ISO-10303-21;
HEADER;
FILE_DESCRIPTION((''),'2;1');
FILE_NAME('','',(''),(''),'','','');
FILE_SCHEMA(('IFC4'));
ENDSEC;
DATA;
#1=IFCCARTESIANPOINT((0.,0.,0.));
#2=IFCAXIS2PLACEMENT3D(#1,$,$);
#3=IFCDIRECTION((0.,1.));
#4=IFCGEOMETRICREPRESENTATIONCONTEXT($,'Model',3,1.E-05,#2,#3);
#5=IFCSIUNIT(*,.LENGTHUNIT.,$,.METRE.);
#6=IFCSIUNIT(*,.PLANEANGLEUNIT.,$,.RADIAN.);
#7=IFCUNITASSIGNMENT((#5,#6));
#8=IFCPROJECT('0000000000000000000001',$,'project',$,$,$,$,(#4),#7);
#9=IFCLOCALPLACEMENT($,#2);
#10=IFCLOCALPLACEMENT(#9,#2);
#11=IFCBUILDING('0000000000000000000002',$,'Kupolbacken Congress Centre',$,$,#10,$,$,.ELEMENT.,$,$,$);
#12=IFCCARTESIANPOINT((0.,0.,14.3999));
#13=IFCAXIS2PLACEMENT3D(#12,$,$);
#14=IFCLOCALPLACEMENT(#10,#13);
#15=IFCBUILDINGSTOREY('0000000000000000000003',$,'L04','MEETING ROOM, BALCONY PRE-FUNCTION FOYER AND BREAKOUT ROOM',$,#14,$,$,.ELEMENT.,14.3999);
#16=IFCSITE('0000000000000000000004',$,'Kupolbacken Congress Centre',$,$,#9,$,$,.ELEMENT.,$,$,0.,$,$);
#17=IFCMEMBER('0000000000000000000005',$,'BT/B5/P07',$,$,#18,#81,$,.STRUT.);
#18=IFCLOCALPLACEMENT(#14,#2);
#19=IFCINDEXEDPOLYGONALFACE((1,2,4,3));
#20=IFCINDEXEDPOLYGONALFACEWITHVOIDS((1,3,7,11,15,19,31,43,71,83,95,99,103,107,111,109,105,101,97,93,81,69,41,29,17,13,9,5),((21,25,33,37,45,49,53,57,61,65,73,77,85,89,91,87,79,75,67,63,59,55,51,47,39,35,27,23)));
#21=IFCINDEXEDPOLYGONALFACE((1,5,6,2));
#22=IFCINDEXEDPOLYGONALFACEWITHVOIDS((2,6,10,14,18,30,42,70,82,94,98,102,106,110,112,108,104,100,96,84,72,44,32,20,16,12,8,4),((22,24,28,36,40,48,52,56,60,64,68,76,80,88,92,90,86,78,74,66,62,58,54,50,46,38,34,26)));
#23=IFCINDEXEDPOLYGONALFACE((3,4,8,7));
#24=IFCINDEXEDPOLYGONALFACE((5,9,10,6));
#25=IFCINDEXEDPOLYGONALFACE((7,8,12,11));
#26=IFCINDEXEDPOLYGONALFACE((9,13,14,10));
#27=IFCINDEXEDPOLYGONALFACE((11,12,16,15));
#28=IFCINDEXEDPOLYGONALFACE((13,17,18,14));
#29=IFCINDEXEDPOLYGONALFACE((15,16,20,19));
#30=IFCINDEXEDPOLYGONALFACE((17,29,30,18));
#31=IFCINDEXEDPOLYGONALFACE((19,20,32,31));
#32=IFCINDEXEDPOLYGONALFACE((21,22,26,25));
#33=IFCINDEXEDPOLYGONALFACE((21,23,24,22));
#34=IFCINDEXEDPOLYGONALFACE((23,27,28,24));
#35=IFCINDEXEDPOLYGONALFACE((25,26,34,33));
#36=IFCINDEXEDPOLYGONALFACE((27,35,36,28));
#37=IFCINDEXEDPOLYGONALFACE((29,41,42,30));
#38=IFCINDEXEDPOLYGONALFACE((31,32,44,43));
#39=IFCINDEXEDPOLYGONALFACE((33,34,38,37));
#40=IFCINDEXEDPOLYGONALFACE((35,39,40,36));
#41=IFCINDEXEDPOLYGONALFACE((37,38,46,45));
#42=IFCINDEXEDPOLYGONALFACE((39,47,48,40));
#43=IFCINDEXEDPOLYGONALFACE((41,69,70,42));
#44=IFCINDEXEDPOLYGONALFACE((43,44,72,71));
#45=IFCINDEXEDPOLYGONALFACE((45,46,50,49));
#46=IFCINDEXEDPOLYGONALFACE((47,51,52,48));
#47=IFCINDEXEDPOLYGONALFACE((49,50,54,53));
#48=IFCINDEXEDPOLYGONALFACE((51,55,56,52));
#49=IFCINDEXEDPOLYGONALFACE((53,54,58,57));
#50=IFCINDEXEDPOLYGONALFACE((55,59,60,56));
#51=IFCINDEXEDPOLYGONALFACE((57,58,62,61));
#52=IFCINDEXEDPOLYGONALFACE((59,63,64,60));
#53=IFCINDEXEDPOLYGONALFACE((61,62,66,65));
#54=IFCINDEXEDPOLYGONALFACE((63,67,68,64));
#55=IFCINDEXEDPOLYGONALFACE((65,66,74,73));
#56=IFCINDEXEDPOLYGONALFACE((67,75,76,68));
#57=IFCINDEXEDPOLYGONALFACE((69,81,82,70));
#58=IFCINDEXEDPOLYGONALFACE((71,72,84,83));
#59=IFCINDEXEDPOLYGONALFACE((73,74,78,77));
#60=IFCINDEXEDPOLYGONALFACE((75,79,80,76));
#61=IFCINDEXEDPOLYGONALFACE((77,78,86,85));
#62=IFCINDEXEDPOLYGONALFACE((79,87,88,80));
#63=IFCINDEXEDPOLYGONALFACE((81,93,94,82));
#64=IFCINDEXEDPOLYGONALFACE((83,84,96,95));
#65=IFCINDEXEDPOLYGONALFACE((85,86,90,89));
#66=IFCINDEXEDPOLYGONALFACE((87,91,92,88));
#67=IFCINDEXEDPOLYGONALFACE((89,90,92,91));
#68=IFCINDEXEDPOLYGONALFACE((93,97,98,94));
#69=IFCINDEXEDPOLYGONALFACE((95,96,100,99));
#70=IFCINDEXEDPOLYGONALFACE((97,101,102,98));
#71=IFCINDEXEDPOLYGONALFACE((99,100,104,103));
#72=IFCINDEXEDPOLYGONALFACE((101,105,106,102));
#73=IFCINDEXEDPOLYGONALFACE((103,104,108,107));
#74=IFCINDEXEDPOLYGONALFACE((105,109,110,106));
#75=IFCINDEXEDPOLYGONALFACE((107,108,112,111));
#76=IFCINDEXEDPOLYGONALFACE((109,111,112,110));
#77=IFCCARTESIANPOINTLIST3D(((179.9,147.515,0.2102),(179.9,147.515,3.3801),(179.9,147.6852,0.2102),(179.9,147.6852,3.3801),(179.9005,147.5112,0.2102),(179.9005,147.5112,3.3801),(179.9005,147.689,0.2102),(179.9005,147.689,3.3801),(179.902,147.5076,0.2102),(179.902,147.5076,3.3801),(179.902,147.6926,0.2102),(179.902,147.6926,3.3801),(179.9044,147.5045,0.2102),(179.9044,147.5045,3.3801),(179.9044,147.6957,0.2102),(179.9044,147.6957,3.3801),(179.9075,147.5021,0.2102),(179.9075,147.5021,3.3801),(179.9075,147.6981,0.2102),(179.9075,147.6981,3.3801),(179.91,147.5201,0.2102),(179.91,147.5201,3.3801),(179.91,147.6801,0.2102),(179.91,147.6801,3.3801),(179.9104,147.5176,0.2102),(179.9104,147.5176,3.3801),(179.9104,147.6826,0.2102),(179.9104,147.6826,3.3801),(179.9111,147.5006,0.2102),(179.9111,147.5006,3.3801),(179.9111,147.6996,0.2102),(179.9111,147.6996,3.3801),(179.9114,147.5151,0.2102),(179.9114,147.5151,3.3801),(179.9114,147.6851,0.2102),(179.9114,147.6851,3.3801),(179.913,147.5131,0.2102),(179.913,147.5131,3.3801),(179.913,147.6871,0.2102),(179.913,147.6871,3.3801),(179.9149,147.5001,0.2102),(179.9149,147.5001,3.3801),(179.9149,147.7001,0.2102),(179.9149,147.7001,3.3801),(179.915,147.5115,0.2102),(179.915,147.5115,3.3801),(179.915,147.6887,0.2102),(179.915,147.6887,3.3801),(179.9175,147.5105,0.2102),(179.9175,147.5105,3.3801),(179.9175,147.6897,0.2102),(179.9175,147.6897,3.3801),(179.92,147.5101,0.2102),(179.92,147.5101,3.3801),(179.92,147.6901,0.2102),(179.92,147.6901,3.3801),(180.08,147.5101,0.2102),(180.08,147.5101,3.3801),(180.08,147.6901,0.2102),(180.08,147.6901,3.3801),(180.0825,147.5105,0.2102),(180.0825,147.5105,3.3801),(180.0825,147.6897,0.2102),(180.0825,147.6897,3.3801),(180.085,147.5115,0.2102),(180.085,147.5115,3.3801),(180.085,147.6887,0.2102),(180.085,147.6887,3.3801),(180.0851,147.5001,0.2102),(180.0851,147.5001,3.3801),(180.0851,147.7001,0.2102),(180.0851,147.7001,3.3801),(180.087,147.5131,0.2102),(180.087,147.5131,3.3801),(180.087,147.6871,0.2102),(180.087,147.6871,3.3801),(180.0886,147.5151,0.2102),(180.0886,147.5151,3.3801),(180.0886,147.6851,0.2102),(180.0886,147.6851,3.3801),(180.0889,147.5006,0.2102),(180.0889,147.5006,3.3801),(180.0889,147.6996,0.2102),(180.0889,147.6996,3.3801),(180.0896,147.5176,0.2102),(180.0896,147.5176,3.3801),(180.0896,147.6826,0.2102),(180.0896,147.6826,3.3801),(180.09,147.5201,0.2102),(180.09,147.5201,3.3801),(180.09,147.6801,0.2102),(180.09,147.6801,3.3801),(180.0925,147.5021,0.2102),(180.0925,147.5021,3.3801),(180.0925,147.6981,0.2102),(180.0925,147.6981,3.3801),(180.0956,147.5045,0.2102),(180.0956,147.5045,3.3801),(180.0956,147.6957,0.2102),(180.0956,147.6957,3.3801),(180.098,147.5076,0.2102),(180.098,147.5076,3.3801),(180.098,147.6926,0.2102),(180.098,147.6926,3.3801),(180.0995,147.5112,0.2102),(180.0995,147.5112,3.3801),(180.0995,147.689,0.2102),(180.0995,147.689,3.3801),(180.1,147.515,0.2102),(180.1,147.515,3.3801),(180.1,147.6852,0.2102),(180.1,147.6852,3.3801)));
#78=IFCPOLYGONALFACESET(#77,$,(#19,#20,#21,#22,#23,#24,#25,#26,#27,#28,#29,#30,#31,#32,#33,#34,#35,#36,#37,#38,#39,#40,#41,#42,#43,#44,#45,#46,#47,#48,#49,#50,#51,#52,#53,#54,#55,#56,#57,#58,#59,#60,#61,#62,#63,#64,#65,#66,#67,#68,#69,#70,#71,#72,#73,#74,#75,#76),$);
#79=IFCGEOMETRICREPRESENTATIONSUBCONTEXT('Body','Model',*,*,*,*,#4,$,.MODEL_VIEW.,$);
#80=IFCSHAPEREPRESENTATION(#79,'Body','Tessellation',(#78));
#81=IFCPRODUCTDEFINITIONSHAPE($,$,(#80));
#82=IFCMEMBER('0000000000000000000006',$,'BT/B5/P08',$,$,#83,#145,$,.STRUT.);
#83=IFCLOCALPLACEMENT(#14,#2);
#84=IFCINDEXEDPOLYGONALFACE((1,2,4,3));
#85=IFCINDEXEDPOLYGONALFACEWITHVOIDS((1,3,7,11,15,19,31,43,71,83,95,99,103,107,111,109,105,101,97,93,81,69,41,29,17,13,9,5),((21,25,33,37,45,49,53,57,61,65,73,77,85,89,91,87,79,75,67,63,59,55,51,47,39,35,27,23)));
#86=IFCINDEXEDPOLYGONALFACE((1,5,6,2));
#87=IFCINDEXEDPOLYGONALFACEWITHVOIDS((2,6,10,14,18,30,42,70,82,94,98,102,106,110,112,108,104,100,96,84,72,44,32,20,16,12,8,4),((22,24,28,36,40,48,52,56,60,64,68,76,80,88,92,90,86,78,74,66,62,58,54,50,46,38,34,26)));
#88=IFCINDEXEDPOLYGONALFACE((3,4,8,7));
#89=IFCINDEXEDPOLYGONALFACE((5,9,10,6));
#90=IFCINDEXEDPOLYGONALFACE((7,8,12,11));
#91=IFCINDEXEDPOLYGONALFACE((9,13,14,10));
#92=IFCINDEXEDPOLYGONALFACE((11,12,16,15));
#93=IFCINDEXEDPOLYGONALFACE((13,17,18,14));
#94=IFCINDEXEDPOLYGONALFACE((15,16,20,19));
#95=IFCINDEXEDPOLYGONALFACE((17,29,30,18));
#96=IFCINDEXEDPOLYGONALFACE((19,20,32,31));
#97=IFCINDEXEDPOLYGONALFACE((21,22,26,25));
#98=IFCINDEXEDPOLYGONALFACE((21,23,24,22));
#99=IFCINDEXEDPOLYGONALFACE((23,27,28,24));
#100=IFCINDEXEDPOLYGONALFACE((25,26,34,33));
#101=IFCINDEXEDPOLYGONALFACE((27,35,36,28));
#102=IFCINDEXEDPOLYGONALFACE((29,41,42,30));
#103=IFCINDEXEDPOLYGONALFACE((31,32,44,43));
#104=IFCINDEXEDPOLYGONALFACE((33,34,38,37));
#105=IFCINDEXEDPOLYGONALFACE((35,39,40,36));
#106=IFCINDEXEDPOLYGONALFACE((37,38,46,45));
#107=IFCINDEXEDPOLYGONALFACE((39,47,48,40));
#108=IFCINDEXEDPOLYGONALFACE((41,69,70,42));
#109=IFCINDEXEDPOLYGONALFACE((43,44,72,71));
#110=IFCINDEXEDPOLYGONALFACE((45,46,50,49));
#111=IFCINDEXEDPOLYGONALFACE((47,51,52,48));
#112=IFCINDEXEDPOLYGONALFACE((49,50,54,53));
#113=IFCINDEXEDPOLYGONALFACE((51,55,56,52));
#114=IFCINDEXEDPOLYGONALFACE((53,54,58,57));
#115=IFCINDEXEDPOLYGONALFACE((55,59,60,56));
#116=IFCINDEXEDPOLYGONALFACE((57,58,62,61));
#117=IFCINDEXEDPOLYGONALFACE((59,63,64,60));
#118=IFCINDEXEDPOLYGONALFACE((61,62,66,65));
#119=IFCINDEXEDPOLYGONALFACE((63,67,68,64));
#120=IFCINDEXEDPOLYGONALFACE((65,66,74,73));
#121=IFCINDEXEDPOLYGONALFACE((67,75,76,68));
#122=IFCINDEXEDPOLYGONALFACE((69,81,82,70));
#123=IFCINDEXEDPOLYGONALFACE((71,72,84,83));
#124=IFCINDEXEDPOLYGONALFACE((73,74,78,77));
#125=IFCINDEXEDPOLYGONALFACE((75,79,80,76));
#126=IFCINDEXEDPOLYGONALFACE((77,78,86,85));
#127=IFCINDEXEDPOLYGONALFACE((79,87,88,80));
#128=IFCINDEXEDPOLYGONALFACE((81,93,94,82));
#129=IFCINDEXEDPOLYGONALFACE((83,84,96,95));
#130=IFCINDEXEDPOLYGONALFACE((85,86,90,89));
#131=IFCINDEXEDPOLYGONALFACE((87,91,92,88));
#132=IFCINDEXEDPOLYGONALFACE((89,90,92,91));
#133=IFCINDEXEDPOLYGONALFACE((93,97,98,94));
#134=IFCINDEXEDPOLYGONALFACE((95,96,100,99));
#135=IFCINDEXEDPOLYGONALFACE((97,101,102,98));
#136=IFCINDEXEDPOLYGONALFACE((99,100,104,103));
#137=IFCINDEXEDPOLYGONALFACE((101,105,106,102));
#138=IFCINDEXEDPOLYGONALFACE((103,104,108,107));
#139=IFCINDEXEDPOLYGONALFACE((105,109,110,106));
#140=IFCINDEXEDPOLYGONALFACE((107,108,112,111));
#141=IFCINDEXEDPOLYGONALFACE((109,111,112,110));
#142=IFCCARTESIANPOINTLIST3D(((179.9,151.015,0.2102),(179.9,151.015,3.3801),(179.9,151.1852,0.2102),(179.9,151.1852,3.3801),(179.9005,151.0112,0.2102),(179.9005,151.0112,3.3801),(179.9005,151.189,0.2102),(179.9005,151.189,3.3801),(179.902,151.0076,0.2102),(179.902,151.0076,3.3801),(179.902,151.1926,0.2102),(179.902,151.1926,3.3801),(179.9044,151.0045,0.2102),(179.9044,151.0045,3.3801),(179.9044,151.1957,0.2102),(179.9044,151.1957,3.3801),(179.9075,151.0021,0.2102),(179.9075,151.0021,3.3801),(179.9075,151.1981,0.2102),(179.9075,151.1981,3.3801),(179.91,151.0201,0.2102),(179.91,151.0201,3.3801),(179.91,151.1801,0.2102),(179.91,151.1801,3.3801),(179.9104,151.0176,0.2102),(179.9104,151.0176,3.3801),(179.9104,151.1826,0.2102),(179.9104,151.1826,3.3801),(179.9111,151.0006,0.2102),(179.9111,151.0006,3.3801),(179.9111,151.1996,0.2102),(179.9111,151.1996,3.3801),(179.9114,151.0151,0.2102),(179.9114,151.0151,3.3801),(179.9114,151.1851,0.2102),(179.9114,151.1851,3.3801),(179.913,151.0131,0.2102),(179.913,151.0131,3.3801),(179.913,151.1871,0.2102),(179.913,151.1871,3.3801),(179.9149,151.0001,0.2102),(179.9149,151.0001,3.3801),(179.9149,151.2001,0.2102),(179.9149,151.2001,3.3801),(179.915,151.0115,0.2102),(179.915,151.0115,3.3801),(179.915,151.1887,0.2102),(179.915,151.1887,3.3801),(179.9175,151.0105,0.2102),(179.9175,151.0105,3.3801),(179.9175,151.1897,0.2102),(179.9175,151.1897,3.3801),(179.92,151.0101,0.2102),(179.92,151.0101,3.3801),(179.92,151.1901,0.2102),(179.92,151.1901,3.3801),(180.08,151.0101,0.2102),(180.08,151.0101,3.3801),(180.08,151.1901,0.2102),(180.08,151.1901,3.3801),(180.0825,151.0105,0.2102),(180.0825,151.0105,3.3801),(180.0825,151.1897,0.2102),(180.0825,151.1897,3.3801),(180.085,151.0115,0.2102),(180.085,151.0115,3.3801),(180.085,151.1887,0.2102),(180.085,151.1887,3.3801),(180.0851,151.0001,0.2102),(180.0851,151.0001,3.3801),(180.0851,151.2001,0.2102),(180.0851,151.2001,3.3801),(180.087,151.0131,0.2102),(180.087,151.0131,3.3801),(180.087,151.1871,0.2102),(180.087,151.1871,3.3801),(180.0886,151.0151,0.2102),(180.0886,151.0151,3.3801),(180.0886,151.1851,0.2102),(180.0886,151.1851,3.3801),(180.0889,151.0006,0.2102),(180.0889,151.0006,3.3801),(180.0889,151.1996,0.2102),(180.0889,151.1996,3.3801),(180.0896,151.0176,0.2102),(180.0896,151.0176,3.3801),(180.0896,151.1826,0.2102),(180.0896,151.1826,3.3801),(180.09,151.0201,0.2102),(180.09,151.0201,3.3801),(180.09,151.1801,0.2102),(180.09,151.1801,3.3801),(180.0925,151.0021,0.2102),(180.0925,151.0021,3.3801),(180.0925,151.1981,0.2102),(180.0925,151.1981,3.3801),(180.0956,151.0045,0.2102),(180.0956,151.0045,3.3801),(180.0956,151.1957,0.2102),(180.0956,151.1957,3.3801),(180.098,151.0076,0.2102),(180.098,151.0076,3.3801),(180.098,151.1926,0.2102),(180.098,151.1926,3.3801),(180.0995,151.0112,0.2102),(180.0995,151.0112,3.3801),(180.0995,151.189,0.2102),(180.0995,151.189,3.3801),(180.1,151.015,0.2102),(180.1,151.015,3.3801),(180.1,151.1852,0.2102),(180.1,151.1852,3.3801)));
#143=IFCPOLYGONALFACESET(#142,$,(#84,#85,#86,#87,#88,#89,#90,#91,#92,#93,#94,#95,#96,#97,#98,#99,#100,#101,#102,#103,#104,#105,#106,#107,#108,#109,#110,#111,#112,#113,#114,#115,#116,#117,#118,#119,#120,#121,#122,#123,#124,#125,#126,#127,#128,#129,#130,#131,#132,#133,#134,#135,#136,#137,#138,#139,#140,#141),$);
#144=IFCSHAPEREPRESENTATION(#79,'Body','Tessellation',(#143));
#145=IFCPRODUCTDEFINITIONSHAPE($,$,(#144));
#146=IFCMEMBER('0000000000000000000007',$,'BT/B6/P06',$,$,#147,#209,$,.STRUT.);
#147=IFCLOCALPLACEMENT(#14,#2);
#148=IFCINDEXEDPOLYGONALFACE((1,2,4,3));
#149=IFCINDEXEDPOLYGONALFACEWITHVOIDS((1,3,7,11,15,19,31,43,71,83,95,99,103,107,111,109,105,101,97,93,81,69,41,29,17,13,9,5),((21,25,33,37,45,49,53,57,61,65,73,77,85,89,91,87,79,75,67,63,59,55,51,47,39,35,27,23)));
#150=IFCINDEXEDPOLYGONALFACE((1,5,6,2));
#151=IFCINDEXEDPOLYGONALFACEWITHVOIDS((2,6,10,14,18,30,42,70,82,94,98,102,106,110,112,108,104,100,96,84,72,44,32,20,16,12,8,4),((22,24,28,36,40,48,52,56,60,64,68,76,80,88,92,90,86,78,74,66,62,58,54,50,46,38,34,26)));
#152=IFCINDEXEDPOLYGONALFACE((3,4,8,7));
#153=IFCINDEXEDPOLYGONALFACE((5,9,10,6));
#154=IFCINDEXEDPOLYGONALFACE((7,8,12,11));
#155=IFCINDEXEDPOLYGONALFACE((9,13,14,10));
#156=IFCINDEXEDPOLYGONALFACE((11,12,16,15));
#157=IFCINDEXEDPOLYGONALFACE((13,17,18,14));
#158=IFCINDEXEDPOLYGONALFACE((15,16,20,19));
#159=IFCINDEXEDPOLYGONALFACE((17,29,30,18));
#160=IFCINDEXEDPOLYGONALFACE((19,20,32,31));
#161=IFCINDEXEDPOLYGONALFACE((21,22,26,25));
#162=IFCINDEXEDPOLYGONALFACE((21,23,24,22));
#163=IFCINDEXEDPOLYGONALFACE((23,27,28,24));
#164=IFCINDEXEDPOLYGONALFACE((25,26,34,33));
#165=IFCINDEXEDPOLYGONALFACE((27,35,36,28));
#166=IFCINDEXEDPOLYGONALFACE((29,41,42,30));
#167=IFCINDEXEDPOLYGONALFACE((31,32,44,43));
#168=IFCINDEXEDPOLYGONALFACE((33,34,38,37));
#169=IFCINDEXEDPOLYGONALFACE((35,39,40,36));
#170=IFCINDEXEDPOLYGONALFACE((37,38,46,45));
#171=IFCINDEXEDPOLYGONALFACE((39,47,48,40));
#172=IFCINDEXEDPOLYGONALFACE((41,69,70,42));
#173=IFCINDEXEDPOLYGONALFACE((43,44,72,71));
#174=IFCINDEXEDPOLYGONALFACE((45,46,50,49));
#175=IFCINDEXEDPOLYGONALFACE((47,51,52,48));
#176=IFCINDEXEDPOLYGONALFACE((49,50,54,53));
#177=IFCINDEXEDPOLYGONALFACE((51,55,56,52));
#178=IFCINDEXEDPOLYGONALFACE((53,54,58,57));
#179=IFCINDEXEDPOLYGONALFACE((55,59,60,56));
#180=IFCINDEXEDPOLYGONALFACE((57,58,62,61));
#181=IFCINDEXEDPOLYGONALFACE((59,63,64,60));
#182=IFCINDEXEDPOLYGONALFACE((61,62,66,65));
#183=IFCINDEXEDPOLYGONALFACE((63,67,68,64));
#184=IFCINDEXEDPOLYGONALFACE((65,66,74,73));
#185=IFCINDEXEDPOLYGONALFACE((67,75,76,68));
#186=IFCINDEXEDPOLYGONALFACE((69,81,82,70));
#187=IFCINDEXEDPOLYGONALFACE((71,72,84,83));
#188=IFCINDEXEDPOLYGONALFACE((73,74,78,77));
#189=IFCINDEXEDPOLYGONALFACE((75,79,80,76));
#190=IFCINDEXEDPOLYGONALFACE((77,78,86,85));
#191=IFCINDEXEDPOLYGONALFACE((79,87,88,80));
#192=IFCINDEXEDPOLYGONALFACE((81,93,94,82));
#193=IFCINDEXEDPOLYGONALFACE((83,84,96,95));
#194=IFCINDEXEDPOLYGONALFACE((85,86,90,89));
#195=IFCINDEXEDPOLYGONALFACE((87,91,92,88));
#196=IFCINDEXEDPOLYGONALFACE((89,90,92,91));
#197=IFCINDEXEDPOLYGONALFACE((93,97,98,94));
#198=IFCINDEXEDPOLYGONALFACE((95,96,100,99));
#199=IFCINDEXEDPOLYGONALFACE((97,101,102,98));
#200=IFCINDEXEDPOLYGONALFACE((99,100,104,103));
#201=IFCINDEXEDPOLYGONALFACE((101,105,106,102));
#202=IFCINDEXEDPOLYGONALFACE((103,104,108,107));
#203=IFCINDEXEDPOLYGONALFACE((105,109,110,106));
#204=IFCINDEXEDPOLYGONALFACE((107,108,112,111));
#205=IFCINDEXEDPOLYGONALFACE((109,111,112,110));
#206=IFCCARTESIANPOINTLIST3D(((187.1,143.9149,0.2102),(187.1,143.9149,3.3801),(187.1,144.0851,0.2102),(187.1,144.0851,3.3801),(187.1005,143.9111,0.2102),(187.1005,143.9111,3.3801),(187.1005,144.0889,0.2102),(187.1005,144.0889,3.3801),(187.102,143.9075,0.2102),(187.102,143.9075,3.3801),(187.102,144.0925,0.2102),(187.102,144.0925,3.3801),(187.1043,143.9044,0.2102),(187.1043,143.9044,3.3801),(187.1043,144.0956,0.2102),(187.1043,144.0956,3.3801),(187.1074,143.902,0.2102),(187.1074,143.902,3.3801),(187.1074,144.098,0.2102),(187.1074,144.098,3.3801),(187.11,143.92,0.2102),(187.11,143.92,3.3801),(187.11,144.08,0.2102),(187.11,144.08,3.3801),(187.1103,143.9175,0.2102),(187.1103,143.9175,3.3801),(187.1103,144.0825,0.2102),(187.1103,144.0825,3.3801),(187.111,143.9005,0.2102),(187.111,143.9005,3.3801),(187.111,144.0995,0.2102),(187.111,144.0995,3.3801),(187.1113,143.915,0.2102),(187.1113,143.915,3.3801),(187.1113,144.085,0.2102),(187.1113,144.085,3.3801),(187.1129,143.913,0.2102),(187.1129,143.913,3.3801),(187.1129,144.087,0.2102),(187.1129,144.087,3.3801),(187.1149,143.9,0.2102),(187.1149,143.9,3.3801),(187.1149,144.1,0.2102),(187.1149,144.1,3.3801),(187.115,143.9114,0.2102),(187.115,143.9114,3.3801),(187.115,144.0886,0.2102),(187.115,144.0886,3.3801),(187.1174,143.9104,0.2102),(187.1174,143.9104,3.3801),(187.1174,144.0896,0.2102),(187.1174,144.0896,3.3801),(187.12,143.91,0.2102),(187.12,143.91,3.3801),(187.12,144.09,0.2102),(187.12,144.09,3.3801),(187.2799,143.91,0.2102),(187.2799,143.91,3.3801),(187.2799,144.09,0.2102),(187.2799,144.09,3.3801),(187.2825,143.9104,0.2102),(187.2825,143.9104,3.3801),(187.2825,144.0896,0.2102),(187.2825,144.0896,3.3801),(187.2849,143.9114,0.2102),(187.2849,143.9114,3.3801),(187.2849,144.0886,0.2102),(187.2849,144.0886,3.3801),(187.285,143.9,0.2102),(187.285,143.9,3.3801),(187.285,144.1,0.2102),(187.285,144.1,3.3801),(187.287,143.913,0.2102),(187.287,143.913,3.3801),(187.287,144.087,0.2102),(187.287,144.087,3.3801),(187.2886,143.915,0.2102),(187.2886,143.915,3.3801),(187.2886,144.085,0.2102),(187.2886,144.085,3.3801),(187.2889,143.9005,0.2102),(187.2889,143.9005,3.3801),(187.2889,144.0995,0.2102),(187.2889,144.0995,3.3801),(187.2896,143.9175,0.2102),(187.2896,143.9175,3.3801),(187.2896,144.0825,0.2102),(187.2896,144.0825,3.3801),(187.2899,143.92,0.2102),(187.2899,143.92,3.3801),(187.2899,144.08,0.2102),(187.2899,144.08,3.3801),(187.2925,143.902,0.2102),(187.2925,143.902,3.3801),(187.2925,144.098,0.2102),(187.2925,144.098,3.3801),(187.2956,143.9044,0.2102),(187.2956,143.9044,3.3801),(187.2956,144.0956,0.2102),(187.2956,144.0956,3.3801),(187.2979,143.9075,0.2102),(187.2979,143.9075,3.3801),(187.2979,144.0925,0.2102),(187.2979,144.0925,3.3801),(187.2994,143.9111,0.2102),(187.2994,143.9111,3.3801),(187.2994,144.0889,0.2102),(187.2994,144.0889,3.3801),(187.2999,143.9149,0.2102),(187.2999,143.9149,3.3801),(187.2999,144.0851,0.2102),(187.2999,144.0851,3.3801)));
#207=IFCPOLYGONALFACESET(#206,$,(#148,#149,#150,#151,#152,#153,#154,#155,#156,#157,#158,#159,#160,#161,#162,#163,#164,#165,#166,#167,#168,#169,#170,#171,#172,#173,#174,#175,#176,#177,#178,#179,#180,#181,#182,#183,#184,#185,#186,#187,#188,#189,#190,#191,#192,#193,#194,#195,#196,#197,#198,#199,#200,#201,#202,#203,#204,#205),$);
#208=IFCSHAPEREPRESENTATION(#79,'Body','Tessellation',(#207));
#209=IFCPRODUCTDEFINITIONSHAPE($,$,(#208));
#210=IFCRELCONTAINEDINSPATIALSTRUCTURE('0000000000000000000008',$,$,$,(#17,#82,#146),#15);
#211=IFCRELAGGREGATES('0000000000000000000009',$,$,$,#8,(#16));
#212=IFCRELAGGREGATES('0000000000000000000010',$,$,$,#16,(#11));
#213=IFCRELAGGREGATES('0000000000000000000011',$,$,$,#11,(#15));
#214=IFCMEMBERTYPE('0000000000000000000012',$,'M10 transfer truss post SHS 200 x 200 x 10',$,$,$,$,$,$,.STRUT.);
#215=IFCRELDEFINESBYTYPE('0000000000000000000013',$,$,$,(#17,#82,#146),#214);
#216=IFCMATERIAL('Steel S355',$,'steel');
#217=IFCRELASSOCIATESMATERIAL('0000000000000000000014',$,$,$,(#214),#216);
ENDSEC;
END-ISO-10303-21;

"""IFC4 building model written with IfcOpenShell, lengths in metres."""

from ifc_helpers import new_model, si_unit, direction, frame, origin, origin_2d, place, context, subcontext, project, spatial, hollow_rectangle, extrude, material, material_profile, profile_set, type_object, element, save


model = new_model("IFC4")

# Units and contexts
model_context = context("Model", 3, precision=1e-05, world=origin(), true_north=direction((0.0, 1.0)))
body_context = subcontext(model_context, "Body", "Model", "MODEL_VIEW")
ifc_project = project(units=[si_unit("LENGTHUNIT", "METRE"), si_unit("PLANEANGLEUNIT", "RADIAN")], contexts=[model_context])

# Site, building, storey
site_placement = place(None, origin())
site = spatial("IfcSite", under=ifc_project, at=site_placement, Name="Kupolbacken Congress Centre", CompositionType="ELEMENT", RefElevation=0.0)
building_placement = place(site_placement, origin())
building = spatial("IfcBuilding", under=site, at=building_placement, Name="Kupolbacken Congress Centre", CompositionType="ELEMENT")
storey_placement = place(building_placement, frame((0.0, 0.0, 14.3999)))
storey = spatial("IfcBuildingStorey", under=building, at=storey_placement, Name="L04", Description="MEETING ROOM, BALCONY PRE-FUNCTION FOYER AND BREAKOUT ROOM", CompositionType="ELEMENT", Elevation=14.3999)

# Members
ifc_material_1 = material(Name="Steel S355", Category="steel")
ifc_material_profile_1 = material_profile(ifc_material_1, hollow_rectangle(XDim=0.2, YDim=0.2, WallThickness=0.01, InnerFilletRadius=0.01, OuterFilletRadius=0.0149, at=origin_2d()), Name="SHS 200 x 200 x 10")
ifc_profile_set_1 = profile_set([ifc_material_profile_1], Name="Steel S355")
member_type_1 = type_object("IfcMemberType", Name="M10 transfer truss post SHS 200 x 200 x 10", PredefinedType="STRUT", material=ifc_profile_set_1)
for number, where, z_axis, x_axis, name in (
    (1, (180.0, 147.6001, 0.2102), (0.0, 0.0, 1.0), (0.0, 1.0, 0.0), "BT/B5/P07"),
    (2, (180.0, 151.1001, 0.2102), (0.0, 0.0, 1.0), (0.0, 1.0, 0.0), "BT/B5/P08"),
    (3, (187.2, 144.0, 0.2102), (0.0, 0.0, 1.0), (0.0, 1.0, 0.0), "BT/B6/P06"),
):
    element("IfcMember", number, at=place(storey_placement, frame(where, z_axis=z_axis, x_axis=x_axis)), inside=storey, type_object=member_type_1, Name=name, PredefinedType="STRUT", context=body_context, shape_type="SweptSolid", body=[
        extrude(hollow_rectangle(XDim=0.2, YDim=0.2, WallThickness=0.01, InnerFilletRadius=0.01, OuterFilletRadius=0.0149, at=origin_2d()), origin(), (0.0, 0.0, 1.0), 3.1699),
    ])

save(model, "model.ifc")
